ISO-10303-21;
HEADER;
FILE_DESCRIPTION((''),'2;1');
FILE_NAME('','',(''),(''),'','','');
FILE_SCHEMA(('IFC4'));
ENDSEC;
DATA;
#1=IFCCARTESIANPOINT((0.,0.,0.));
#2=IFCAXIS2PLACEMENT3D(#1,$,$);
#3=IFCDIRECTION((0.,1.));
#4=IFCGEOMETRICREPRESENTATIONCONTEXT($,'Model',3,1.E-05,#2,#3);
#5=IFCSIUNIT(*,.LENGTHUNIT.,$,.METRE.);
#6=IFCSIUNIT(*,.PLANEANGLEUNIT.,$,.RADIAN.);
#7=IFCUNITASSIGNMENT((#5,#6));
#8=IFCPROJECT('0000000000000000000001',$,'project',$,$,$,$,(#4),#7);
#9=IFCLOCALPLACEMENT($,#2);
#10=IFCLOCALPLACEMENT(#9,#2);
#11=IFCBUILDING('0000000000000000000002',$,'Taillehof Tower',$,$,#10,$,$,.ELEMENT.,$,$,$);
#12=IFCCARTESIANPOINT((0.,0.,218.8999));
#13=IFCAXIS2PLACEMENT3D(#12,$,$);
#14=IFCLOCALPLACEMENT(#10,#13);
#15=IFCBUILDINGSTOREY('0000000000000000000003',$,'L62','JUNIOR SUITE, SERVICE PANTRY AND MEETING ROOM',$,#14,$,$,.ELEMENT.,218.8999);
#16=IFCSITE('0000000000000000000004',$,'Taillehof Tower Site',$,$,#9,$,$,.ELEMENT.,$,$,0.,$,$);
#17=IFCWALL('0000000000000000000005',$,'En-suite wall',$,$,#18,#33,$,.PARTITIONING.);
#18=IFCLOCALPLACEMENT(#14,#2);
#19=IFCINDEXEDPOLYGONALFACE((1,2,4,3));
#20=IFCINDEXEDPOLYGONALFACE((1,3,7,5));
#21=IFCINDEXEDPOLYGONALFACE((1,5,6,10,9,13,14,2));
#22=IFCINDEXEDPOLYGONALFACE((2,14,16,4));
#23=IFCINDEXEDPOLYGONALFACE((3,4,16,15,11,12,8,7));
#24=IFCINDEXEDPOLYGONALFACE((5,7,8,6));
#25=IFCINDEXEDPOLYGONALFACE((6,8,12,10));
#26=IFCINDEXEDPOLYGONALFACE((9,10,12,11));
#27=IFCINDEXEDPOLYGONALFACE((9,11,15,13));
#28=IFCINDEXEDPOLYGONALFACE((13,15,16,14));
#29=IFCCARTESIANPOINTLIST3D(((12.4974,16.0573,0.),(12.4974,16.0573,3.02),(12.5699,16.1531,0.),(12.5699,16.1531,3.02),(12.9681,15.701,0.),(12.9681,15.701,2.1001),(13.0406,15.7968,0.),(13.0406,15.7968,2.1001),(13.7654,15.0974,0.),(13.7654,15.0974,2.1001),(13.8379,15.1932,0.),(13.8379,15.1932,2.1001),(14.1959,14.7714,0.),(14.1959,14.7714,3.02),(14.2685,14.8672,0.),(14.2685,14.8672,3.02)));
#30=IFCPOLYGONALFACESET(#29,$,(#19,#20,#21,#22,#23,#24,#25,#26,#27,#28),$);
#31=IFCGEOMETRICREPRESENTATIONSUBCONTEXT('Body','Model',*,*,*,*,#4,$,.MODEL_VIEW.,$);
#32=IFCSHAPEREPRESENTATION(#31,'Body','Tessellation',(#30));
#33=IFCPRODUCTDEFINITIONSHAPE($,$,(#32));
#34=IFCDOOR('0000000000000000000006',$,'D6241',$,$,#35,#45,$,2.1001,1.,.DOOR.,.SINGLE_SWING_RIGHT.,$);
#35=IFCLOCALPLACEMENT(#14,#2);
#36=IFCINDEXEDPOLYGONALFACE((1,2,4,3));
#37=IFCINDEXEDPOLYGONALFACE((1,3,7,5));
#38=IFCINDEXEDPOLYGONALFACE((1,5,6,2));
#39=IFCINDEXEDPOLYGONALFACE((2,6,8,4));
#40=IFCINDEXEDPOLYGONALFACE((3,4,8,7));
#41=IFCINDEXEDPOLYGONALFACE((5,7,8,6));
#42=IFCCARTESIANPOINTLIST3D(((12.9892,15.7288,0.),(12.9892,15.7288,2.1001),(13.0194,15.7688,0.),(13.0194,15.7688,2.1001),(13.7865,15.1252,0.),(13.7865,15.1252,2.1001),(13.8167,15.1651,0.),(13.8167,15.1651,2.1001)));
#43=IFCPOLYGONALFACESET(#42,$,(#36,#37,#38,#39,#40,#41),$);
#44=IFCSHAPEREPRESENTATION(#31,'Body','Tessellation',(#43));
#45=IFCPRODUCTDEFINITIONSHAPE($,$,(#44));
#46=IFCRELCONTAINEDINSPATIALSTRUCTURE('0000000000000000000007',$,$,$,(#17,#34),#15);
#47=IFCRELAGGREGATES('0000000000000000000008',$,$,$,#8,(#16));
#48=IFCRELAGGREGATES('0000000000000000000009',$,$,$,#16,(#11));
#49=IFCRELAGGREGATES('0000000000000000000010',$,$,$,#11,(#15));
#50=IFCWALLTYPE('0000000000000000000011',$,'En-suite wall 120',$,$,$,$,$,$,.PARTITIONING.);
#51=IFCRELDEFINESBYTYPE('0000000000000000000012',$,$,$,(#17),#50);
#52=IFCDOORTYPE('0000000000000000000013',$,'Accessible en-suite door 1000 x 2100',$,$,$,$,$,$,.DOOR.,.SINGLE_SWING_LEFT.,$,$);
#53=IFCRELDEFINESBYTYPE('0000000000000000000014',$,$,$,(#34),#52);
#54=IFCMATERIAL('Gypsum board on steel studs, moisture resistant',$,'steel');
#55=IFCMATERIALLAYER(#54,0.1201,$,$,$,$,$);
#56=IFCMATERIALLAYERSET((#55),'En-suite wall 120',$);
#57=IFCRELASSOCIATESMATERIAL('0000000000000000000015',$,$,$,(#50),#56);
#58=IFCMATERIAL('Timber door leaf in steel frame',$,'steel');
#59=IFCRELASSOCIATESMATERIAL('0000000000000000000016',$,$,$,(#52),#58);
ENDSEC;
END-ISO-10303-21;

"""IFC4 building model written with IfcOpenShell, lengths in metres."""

from ifc_helpers import new_model, si_unit, direction, frame, frame_2d, origin, place, context, subcontext, project, spatial, rectangle, extrude, material, layer, layer_set, type_object, element, fill, save


model = new_model("IFC4")

# Units and contexts
model_context = context("Model", 3, precision=1e-05, world=origin(), true_north=direction((0.0, 1.0)))
body_context = subcontext(model_context, "Body", "Model", "MODEL_VIEW")
ifc_project = project(units=[si_unit("LENGTHUNIT", "METRE"), si_unit("PLANEANGLEUNIT", "RADIAN")], contexts=[model_context])

# Site, building, storey
site_placement = place(None, origin())
site = spatial("IfcSite", under=ifc_project, at=site_placement, Name="Taillehof Tower Site", CompositionType="ELEMENT", RefElevation=0.0)
building_placement = place(site_placement, origin())
building = spatial("IfcBuilding", under=site, at=building_placement, Name="Taillehof Tower", CompositionType="ELEMENT")
storey_placement = place(building_placement, frame((0.0, 0.0, 218.8999)))
storey = spatial("IfcBuildingStorey", under=building, at=storey_placement, Name="L62", Description="JUNIOR SUITE, SERVICE PANTRY AND MEETING ROOM", CompositionType="ELEMENT", Elevation=218.8999)

# Shared definitions
ifc_material_1 = material(Name="Gypsum board on steel studs, moisture resistant", Category="steel")
ifc_layer_1 = layer(ifc_material_1, 0.1201)
ifc_layer_set_1 = layer_set([ifc_layer_1], Name="En-suite wall 120")
wall_type_1 = type_object("IfcWallType", Name="En-suite wall 120", PredefinedType="PARTITIONING", material=ifc_layer_set_1)

# Wall, opening, door
wall_1_placement = place(storey_placement, frame((12.5337, 16.1052, 0.0), z_axis=(0.0, 0.0, 1.0), x_axis=(0.797283, -0.603606, 0.0)))
wall_1 = element("IfcWall", 1, at=wall_1_placement, inside=storey, type_object=wall_type_1, Name="En-suite wall", PredefinedType="PARTITIONING", context=body_context, shape_type="SweptSolid", body=[
    extrude(rectangle(XDim=2.1304, YDim=0.1201, at=frame_2d((1.0652, 0.0))), origin(), (0.0, 0.0, 1.0), 3.02),
])
opening_1_placement = place(wall_1_placement, frame((0.5903, 0.0, 0.0)))
opening_1 = element("IfcOpeningElement", 2, at=opening_1_placement, cuts=wall_1, PredefinedType="OPENING", context=body_context, shape_type="SweptSolid", body=[
    extrude(rectangle(XDim=1.0, YDim=2.1001, at=frame_2d((0.5, 1.05))), frame((0.0, 0.0701, 0.0), z_axis=(0.0, -1.0, 0.0), x_axis=(1.0, 0.0, 0.0)), (0.0, 0.0, 1.0), 0.1401),
])
ifc_material_2 = material(Name="Timber door leaf in steel frame", Category="steel")
door_type = type_object("IfcDoorType", Name="Accessible en-suite door 1000 x 2100", OperationType="SINGLE_SWING_LEFT", PredefinedType="DOOR", material=ifc_material_2)
door_placement = place(opening_1_placement, origin())
door = element("IfcDoor", 3, at=door_placement, inside=storey, type_object=door_type, Name="D6241", OperationType="SINGLE_SWING_RIGHT", OverallHeight=2.1001, OverallWidth=1.0, PredefinedType="DOOR", context=body_context, shape_type="SweptSolid", body=[
    extrude(rectangle(XDim=1.0, YDim=2.1001, at=frame_2d((0.5, 1.05))), frame((0.0, 0.0249, 0.0), z_axis=(0.0, -1.0, 0.0), x_axis=(1.0, 0.0, 0.0)), (0.0, 0.0, 1.0), 0.05),
])
fill(opening_1, door)

save(model, "model.ifc")
